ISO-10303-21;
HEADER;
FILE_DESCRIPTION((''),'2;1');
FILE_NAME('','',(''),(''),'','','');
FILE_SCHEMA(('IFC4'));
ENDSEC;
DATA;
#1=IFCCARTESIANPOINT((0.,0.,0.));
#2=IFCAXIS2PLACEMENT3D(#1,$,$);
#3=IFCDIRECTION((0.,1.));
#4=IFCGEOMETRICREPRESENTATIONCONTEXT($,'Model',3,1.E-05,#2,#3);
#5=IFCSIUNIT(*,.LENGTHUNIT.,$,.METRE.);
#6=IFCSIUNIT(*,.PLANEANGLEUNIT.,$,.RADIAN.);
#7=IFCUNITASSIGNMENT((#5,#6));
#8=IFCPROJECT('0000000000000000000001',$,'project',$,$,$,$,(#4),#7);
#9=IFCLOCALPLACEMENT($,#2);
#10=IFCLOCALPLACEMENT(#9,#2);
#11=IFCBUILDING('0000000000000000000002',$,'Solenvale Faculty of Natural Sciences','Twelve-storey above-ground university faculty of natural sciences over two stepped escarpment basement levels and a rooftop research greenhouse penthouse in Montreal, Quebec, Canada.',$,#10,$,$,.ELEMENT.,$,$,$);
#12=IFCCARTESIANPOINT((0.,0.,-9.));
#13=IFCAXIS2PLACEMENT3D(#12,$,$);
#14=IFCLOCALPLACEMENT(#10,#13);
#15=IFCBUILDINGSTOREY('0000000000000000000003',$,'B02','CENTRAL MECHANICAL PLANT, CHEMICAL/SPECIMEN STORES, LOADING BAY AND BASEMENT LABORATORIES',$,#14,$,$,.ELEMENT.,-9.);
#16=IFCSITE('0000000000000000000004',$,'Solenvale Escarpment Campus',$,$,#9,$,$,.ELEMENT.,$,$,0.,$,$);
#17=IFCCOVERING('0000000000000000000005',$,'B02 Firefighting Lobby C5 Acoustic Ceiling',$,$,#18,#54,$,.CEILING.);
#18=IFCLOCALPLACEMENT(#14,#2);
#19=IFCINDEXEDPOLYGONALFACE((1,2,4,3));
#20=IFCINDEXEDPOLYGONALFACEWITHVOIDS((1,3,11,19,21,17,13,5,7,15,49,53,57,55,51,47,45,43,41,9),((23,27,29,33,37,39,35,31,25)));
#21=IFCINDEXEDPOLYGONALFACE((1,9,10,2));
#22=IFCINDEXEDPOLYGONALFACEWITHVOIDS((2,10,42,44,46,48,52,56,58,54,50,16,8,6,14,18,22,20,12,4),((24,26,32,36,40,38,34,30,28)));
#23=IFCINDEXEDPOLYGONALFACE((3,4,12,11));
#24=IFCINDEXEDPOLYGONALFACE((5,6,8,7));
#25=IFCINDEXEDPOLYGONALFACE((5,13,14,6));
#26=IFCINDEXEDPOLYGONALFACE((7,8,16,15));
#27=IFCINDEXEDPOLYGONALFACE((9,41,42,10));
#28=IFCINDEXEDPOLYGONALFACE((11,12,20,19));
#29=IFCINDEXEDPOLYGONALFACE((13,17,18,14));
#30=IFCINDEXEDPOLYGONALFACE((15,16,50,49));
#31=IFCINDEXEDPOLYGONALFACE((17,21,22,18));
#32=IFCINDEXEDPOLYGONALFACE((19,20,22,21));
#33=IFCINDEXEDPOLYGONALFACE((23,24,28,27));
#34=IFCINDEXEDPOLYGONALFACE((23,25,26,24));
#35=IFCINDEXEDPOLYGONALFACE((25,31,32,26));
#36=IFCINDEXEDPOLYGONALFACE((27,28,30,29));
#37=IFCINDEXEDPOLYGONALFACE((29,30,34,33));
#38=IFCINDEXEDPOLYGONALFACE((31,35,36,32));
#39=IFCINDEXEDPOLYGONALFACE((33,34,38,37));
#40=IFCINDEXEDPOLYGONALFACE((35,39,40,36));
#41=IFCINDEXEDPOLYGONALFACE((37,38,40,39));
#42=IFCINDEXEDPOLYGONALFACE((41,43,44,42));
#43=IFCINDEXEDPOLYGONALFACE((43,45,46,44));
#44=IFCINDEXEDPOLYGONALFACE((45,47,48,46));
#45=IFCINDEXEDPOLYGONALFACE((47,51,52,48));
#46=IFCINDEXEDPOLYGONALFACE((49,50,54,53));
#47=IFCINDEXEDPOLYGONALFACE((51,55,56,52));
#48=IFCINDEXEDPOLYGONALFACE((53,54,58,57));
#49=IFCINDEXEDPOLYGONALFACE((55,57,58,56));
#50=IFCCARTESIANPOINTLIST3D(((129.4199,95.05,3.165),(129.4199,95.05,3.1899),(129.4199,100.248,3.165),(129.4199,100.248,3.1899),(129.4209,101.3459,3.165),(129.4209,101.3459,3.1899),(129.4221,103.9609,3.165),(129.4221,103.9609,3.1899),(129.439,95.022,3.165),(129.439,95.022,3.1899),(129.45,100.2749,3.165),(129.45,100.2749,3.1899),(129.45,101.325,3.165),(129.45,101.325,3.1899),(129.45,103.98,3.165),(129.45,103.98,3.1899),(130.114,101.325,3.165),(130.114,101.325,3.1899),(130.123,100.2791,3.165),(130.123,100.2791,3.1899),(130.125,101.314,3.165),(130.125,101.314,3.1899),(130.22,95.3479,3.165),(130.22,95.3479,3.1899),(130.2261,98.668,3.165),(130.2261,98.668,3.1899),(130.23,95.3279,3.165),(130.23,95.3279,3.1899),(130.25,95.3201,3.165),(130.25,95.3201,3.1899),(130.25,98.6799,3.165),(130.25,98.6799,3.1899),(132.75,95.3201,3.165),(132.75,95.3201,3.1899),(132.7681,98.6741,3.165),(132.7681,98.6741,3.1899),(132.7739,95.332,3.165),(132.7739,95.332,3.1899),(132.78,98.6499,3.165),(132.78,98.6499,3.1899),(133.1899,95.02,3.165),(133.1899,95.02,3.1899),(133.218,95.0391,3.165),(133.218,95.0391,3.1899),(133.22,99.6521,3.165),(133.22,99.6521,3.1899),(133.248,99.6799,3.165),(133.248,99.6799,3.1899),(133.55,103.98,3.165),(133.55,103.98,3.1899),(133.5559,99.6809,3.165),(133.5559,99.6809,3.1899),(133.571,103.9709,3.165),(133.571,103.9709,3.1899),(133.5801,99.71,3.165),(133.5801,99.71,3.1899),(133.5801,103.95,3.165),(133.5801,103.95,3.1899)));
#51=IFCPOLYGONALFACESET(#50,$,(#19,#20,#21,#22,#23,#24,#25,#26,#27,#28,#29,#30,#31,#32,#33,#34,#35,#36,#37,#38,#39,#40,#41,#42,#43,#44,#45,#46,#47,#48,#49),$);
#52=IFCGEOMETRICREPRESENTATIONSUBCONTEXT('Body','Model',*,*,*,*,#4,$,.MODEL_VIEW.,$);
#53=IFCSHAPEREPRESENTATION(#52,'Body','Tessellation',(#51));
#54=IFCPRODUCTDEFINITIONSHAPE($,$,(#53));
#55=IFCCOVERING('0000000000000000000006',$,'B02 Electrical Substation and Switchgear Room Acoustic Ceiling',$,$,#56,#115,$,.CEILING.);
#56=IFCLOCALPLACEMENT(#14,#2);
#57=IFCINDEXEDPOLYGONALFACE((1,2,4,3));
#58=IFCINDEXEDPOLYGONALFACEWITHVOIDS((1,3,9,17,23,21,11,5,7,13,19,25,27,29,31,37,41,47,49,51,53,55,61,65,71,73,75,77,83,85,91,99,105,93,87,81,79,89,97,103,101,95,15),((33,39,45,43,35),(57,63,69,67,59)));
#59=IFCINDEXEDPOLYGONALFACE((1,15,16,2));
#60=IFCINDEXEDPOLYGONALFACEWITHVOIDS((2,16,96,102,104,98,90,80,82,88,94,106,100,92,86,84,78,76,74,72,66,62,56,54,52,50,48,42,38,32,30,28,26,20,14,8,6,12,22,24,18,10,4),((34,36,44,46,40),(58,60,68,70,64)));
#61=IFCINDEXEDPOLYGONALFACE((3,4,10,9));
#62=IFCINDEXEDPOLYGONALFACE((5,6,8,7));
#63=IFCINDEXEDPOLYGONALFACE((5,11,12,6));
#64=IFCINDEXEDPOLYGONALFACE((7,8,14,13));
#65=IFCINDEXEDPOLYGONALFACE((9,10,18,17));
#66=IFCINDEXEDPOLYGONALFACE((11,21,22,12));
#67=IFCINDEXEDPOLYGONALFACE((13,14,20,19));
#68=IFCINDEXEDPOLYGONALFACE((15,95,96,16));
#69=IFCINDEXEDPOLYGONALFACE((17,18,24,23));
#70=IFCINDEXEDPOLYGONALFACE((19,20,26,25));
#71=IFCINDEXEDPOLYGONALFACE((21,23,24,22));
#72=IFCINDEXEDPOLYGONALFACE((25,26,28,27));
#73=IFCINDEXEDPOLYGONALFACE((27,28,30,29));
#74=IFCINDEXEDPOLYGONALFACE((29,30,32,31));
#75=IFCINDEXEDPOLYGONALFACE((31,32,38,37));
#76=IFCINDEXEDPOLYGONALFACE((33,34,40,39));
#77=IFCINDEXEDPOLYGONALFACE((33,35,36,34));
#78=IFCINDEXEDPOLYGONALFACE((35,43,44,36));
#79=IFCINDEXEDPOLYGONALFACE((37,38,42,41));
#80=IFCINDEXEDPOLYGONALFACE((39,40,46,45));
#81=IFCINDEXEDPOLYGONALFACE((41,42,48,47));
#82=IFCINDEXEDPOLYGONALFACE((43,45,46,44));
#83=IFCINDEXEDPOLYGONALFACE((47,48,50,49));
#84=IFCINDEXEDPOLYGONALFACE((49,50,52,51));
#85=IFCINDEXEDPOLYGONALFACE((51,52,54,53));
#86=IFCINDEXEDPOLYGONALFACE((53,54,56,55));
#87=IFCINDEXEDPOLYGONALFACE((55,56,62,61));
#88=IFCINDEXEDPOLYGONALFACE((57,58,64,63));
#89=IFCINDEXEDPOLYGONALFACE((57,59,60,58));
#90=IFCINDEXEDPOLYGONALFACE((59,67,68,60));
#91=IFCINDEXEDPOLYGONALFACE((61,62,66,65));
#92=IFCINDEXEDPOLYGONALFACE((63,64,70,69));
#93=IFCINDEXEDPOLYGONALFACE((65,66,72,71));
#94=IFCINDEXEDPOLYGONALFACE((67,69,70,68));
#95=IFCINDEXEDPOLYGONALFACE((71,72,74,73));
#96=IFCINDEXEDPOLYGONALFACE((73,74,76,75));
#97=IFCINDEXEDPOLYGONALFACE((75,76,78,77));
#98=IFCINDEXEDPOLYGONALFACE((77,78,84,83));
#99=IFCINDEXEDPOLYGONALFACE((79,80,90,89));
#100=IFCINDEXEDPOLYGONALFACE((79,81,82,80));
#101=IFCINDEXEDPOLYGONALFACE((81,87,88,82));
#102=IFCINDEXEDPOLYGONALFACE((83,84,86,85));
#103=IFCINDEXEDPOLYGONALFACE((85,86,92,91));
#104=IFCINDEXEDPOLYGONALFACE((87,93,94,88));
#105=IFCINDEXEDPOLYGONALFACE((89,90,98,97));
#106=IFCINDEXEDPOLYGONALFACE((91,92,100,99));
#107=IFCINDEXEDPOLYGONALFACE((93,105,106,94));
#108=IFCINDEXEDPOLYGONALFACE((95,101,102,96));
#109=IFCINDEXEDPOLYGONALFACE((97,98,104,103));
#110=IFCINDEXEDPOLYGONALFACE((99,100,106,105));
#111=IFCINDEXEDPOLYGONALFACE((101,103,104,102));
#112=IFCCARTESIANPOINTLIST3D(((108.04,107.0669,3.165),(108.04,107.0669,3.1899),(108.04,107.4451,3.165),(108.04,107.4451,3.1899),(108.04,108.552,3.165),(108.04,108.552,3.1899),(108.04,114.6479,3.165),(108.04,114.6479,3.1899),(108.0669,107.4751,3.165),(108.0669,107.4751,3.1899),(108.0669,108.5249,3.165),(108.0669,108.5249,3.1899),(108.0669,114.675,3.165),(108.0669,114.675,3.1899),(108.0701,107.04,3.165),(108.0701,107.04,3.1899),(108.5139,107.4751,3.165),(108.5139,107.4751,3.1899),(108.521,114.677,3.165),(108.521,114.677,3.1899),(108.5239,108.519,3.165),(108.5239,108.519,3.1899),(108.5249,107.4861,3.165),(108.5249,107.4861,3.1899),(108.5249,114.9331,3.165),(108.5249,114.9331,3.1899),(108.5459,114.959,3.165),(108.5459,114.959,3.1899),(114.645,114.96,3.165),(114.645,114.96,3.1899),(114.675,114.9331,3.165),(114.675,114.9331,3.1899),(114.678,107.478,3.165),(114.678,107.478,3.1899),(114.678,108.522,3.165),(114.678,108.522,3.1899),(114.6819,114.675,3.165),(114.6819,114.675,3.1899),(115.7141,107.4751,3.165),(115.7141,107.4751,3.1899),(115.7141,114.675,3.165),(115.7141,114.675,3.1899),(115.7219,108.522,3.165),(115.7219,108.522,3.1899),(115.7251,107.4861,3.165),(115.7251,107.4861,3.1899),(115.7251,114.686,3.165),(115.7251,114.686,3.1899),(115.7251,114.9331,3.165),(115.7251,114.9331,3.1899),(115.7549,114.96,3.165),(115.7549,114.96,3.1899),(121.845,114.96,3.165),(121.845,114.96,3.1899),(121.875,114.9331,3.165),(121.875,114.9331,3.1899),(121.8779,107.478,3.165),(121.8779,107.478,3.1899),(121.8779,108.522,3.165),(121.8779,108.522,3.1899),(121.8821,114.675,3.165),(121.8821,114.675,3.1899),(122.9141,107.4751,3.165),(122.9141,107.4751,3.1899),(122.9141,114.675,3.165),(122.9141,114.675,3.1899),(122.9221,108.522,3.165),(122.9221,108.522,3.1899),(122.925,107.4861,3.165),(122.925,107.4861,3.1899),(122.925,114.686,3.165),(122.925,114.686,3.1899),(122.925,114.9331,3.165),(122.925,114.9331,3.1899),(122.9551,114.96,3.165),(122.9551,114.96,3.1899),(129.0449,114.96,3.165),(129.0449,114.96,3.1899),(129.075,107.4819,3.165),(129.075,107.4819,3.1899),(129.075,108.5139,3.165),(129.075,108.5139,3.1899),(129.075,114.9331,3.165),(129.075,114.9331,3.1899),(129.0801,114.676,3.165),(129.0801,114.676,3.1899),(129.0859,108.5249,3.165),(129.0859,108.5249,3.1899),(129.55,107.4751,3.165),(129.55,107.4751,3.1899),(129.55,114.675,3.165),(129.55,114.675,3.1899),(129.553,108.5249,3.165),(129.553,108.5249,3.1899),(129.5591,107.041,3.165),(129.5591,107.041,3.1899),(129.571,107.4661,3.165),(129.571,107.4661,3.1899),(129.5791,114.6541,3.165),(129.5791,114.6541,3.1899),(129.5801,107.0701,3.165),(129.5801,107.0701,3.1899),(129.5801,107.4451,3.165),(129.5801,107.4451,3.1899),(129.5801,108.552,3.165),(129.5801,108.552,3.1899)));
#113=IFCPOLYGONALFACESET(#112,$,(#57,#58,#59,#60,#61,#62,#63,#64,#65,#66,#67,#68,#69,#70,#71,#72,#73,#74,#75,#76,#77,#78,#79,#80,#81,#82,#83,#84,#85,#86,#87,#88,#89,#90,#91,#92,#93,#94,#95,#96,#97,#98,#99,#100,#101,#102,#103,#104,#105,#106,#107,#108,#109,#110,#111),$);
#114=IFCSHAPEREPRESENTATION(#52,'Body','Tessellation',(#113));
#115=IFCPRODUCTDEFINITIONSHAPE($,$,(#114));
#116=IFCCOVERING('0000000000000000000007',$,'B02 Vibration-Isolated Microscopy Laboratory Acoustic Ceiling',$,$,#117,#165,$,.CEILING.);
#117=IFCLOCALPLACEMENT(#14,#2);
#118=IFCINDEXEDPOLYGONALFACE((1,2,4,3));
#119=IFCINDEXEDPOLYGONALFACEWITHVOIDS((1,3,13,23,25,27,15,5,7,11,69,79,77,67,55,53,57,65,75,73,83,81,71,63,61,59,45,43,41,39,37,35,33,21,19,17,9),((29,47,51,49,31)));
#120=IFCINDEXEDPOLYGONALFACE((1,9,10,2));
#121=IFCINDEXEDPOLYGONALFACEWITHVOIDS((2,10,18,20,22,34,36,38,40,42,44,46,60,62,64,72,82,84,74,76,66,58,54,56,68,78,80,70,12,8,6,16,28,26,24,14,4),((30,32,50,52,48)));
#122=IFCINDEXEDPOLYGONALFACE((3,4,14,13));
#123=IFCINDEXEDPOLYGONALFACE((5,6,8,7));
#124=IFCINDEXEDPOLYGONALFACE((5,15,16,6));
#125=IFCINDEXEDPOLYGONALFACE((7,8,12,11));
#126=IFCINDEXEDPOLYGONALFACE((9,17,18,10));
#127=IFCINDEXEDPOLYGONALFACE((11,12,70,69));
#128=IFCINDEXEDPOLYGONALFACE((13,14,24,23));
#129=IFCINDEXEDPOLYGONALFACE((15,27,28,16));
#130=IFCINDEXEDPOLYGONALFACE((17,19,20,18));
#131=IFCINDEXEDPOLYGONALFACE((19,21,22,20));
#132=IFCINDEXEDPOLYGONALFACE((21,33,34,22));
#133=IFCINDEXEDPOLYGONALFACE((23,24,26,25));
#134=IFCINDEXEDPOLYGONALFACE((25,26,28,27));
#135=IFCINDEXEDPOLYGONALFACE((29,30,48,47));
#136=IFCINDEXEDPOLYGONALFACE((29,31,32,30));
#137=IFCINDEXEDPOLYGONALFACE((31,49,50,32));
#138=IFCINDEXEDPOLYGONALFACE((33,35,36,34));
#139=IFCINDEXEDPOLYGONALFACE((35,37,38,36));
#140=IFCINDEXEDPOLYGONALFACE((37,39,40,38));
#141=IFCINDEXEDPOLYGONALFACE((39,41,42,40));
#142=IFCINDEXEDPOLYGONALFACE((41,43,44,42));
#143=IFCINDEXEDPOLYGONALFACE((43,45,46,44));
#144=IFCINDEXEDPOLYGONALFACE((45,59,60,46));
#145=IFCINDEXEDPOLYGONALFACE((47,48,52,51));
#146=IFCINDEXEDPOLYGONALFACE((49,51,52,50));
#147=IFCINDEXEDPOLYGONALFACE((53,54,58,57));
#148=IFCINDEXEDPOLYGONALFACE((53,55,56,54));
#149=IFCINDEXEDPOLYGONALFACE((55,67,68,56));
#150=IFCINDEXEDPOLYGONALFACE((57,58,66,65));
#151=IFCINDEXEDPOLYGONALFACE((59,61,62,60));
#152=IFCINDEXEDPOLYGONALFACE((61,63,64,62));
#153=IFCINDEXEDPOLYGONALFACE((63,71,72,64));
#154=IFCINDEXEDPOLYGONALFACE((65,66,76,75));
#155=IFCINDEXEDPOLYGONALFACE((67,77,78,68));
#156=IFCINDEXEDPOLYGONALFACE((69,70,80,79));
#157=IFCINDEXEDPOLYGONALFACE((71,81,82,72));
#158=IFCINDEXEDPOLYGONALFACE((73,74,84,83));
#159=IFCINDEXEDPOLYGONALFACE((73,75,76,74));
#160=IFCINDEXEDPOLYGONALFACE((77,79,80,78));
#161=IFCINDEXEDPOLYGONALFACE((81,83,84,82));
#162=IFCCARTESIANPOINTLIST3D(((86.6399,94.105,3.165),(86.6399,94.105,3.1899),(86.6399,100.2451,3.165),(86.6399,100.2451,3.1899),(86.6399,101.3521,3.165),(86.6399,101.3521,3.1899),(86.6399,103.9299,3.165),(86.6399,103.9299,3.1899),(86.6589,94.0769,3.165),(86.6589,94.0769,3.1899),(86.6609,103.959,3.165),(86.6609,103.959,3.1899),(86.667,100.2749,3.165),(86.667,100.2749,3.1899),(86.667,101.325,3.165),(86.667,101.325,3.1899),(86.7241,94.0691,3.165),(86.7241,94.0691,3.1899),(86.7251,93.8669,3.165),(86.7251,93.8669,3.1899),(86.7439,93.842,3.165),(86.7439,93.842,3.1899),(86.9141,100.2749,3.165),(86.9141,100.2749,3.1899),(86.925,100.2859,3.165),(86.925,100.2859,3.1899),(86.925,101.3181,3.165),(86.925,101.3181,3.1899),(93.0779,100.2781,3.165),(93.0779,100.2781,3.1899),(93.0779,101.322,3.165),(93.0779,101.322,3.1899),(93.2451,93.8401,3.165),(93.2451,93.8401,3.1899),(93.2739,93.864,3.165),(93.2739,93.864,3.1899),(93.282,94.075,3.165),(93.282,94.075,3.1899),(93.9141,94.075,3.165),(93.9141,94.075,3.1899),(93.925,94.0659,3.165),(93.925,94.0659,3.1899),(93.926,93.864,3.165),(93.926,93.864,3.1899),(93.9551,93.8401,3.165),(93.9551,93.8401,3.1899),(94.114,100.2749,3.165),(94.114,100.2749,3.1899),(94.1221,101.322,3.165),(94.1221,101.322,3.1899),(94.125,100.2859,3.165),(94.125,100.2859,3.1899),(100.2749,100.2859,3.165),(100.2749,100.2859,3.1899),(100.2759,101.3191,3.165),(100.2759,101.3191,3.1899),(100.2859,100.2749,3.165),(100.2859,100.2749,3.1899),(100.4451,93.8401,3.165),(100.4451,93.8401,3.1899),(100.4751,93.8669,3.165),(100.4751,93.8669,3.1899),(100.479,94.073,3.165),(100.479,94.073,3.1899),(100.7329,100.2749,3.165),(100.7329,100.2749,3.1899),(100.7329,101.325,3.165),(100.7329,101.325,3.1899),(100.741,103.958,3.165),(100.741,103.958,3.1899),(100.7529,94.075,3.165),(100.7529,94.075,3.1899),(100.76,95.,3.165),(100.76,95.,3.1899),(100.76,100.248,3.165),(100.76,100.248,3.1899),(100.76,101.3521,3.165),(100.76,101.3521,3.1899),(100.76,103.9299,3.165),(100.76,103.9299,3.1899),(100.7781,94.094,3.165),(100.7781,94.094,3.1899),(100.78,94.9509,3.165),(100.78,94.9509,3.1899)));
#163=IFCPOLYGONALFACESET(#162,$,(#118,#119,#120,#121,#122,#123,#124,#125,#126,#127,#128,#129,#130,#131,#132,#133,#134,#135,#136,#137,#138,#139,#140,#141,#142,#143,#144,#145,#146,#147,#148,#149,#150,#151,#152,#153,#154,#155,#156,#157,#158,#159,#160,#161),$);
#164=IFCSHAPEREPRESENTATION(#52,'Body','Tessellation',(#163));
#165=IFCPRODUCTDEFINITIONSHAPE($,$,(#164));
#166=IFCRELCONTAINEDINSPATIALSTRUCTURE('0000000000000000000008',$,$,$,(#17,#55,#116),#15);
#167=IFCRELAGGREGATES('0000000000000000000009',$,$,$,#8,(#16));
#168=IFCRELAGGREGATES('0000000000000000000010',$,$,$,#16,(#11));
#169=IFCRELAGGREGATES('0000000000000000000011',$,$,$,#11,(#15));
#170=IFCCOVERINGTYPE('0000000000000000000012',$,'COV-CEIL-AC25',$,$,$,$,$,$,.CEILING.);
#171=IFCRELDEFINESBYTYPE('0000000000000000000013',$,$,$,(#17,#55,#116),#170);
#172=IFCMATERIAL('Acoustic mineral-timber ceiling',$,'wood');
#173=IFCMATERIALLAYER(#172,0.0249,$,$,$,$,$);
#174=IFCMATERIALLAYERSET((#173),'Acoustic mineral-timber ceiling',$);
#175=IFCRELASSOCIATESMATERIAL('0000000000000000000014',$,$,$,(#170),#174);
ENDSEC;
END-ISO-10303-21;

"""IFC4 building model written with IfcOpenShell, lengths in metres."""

from ifc_helpers import new_model, si_unit, direction, frame, origin, place, context, subcontext, project, spatial, polyline, outline, extrude, material, layer, layer_set, type_object, element, save


model = new_model("IFC4")

# Units and contexts
model_context = context("Model", 3, precision=1e-05, world=origin(), true_north=direction((0.0, 1.0)))
body_context = subcontext(model_context, "Body", "Model", "MODEL_VIEW")
ifc_project = project(units=[si_unit("LENGTHUNIT", "METRE"), si_unit("PLANEANGLEUNIT", "RADIAN")], contexts=[model_context])

# Site, building, storey
site_placement = place(None, origin())
site = spatial("IfcSite", under=ifc_project, at=site_placement, Name="Solenvale Escarpment Campus", CompositionType="ELEMENT", RefElevation=0.0)
building_placement = place(site_placement, origin())
building = spatial("IfcBuilding", under=site, at=building_placement, Name="Solenvale Faculty of Natural Sciences", Description="Twelve-storey above-ground university faculty of natural sciences over two stepped escarpment basement levels and a rooftop research greenhouse penthouse in Montreal, Quebec, Canada.", CompositionType="ELEMENT")
storey_placement = place(building_placement, frame((0.0, 0.0, -9.0)))
storey = spatial("IfcBuildingStorey", under=building, at=storey_placement, Name="B02", Description="CENTRAL MECHANICAL PLANT, CHEMICAL/SPECIMEN STORES, LOADING BAY AND BASEMENT LABORATORIES", CompositionType="ELEMENT", Elevation=-9.0)

# Coverings
ifc_material_1 = material(Name="Acoustic mineral-timber ceiling", Category="wood")
ifc_layer_1 = layer(ifc_material_1, 0.0249)
ifc_layer_set_1 = layer_set([ifc_layer_1], Name="Acoustic mineral-timber ceiling")
covering_type_1 = type_object("IfcCoveringType", Name="COV-CEIL-AC25", PredefinedType="CEILING", material=ifc_layer_set_1)
covering_1_placement = place(storey_placement, frame((0.0, 0.0, 3.165)))
element("IfcCovering", 1, at=covering_1_placement, inside=storey, type_object=covering_type_1, Name="B02 Firefighting Lobby C5 Acoustic Ceiling", PredefinedType="CEILING", context=body_context, shape_type="SweptSolid", body=[
    extrude(outline(polyline([(133.55, 103.98), (133.571, 103.9709), (133.5801, 103.95), (133.5801, 99.71), (133.5559, 99.6809), (133.248, 99.6799), (133.22, 99.6521), (133.218, 95.0391), (133.1899, 95.02), (129.439, 95.022), (129.4199, 95.05), (129.4199, 100.248), (129.45, 100.2749), (130.123, 100.2791), (130.125, 101.314), (130.114, 101.325), (129.45, 101.325), (129.4209, 101.3459), (129.4221, 103.9609), (129.45, 103.98), (133.55, 103.98)]), holes=[polyline([(130.22, 95.3479), (130.23, 95.3279), (130.25, 95.3201), (132.75, 95.3201), (132.7739, 95.332), (132.78, 98.6499), (132.7681, 98.6741), (130.25, 98.6799), (130.2261, 98.668), (130.22, 95.3479)])]), origin(), (0.0, 0.0, 1.0), 0.0249),
])
covering_2_placement = place(storey_placement, frame((0.0, 0.0, 3.165)))
element("IfcCovering", 2, at=covering_2_placement, inside=storey, type_object=covering_type_1, Name="B02 Electrical Substation and Switchgear Room Acoustic Ceiling", PredefinedType="CEILING", context=body_context, shape_type="SweptSolid", body=[
    extrude(outline(polyline([(108.04, 107.4451), (108.0669, 107.4751), (108.5139, 107.4751), (108.5249, 107.4861), (108.5239, 108.519), (108.0669, 108.5249), (108.04, 108.552), (108.04, 114.6479), (108.0669, 114.675), (108.521, 114.677), (108.5249, 114.9331), (108.5459, 114.959), (114.645, 114.96), (114.675, 114.9331), (114.6819, 114.675), (115.7141, 114.675), (115.7251, 114.686), (115.7251, 114.9331), (115.7549, 114.96), (121.845, 114.96), (121.875, 114.9331), (121.8821, 114.675), (122.9141, 114.675), (122.925, 114.686), (122.925, 114.9331), (122.9551, 114.96), (129.0449, 114.96), (129.075, 114.9331), (129.0801, 114.676), (129.55, 114.675), (129.5791, 114.6541), (129.5801, 108.552), (129.553, 108.5249), (129.0859, 108.5249), (129.075, 108.5139), (129.075, 107.4819), (129.55, 107.4751), (129.571, 107.4661), (129.5801, 107.4451), (129.5801, 107.0701), (129.5591, 107.041), (108.0701, 107.04), (108.04, 107.0669), (108.04, 107.4451)]), holes=[polyline([(122.9141, 107.4751), (122.925, 107.4861), (122.9221, 108.522), (121.8779, 108.522), (121.8779, 107.478), (122.9141, 107.4751)]), polyline([(115.7141, 107.4751), (115.7251, 107.4861), (115.7219, 108.522), (114.678, 108.522), (114.678, 107.478), (115.7141, 107.4751)])]), origin(), (0.0, 0.0, 1.0), 0.0249),
])
covering_3_placement = place(storey_placement, frame((0.0, 0.0, 3.165)))
element("IfcCovering", 3, at=covering_3_placement, inside=storey, type_object=covering_type_1, Name="B02 Vibration-Isolated Microscopy Laboratory Acoustic Ceiling", PredefinedType="CEILING", context=body_context, shape_type="SweptSolid", body=[
    extrude(outline(polyline([(86.6399, 100.2451), (86.667, 100.2749), (86.9141, 100.2749), (86.925, 100.2859), (86.925, 101.3181), (86.667, 101.325), (86.6399, 101.3521), (86.6399, 103.9299), (86.6609, 103.959), (100.741, 103.958), (100.76, 103.9299), (100.76, 101.3521), (100.7329, 101.325), (100.2759, 101.3191), (100.2749, 100.2859), (100.2859, 100.2749), (100.7329, 100.2749), (100.76, 100.248), (100.76, 95.0), (100.78, 94.9509), (100.7781, 94.094), (100.7529, 94.075), (100.479, 94.073), (100.4751, 93.8669), (100.4451, 93.8401), (93.9551, 93.8401), (93.926, 93.864), (93.925, 94.0659), (93.9141, 94.075), (93.282, 94.075), (93.2739, 93.864), (93.2451, 93.8401), (86.7439, 93.842), (86.7251, 93.8669), (86.7241, 94.0691), (86.6589, 94.0769), (86.6399, 94.105), (86.6399, 100.2451)]), holes=[polyline([(94.114, 100.2749), (94.125, 100.2859), (94.1221, 101.322), (93.0779, 101.322), (93.0779, 100.2781), (94.114, 100.2749)])]), origin(), (0.0, 0.0, 1.0), 0.0249),
])

save(model, "model.ifc")
